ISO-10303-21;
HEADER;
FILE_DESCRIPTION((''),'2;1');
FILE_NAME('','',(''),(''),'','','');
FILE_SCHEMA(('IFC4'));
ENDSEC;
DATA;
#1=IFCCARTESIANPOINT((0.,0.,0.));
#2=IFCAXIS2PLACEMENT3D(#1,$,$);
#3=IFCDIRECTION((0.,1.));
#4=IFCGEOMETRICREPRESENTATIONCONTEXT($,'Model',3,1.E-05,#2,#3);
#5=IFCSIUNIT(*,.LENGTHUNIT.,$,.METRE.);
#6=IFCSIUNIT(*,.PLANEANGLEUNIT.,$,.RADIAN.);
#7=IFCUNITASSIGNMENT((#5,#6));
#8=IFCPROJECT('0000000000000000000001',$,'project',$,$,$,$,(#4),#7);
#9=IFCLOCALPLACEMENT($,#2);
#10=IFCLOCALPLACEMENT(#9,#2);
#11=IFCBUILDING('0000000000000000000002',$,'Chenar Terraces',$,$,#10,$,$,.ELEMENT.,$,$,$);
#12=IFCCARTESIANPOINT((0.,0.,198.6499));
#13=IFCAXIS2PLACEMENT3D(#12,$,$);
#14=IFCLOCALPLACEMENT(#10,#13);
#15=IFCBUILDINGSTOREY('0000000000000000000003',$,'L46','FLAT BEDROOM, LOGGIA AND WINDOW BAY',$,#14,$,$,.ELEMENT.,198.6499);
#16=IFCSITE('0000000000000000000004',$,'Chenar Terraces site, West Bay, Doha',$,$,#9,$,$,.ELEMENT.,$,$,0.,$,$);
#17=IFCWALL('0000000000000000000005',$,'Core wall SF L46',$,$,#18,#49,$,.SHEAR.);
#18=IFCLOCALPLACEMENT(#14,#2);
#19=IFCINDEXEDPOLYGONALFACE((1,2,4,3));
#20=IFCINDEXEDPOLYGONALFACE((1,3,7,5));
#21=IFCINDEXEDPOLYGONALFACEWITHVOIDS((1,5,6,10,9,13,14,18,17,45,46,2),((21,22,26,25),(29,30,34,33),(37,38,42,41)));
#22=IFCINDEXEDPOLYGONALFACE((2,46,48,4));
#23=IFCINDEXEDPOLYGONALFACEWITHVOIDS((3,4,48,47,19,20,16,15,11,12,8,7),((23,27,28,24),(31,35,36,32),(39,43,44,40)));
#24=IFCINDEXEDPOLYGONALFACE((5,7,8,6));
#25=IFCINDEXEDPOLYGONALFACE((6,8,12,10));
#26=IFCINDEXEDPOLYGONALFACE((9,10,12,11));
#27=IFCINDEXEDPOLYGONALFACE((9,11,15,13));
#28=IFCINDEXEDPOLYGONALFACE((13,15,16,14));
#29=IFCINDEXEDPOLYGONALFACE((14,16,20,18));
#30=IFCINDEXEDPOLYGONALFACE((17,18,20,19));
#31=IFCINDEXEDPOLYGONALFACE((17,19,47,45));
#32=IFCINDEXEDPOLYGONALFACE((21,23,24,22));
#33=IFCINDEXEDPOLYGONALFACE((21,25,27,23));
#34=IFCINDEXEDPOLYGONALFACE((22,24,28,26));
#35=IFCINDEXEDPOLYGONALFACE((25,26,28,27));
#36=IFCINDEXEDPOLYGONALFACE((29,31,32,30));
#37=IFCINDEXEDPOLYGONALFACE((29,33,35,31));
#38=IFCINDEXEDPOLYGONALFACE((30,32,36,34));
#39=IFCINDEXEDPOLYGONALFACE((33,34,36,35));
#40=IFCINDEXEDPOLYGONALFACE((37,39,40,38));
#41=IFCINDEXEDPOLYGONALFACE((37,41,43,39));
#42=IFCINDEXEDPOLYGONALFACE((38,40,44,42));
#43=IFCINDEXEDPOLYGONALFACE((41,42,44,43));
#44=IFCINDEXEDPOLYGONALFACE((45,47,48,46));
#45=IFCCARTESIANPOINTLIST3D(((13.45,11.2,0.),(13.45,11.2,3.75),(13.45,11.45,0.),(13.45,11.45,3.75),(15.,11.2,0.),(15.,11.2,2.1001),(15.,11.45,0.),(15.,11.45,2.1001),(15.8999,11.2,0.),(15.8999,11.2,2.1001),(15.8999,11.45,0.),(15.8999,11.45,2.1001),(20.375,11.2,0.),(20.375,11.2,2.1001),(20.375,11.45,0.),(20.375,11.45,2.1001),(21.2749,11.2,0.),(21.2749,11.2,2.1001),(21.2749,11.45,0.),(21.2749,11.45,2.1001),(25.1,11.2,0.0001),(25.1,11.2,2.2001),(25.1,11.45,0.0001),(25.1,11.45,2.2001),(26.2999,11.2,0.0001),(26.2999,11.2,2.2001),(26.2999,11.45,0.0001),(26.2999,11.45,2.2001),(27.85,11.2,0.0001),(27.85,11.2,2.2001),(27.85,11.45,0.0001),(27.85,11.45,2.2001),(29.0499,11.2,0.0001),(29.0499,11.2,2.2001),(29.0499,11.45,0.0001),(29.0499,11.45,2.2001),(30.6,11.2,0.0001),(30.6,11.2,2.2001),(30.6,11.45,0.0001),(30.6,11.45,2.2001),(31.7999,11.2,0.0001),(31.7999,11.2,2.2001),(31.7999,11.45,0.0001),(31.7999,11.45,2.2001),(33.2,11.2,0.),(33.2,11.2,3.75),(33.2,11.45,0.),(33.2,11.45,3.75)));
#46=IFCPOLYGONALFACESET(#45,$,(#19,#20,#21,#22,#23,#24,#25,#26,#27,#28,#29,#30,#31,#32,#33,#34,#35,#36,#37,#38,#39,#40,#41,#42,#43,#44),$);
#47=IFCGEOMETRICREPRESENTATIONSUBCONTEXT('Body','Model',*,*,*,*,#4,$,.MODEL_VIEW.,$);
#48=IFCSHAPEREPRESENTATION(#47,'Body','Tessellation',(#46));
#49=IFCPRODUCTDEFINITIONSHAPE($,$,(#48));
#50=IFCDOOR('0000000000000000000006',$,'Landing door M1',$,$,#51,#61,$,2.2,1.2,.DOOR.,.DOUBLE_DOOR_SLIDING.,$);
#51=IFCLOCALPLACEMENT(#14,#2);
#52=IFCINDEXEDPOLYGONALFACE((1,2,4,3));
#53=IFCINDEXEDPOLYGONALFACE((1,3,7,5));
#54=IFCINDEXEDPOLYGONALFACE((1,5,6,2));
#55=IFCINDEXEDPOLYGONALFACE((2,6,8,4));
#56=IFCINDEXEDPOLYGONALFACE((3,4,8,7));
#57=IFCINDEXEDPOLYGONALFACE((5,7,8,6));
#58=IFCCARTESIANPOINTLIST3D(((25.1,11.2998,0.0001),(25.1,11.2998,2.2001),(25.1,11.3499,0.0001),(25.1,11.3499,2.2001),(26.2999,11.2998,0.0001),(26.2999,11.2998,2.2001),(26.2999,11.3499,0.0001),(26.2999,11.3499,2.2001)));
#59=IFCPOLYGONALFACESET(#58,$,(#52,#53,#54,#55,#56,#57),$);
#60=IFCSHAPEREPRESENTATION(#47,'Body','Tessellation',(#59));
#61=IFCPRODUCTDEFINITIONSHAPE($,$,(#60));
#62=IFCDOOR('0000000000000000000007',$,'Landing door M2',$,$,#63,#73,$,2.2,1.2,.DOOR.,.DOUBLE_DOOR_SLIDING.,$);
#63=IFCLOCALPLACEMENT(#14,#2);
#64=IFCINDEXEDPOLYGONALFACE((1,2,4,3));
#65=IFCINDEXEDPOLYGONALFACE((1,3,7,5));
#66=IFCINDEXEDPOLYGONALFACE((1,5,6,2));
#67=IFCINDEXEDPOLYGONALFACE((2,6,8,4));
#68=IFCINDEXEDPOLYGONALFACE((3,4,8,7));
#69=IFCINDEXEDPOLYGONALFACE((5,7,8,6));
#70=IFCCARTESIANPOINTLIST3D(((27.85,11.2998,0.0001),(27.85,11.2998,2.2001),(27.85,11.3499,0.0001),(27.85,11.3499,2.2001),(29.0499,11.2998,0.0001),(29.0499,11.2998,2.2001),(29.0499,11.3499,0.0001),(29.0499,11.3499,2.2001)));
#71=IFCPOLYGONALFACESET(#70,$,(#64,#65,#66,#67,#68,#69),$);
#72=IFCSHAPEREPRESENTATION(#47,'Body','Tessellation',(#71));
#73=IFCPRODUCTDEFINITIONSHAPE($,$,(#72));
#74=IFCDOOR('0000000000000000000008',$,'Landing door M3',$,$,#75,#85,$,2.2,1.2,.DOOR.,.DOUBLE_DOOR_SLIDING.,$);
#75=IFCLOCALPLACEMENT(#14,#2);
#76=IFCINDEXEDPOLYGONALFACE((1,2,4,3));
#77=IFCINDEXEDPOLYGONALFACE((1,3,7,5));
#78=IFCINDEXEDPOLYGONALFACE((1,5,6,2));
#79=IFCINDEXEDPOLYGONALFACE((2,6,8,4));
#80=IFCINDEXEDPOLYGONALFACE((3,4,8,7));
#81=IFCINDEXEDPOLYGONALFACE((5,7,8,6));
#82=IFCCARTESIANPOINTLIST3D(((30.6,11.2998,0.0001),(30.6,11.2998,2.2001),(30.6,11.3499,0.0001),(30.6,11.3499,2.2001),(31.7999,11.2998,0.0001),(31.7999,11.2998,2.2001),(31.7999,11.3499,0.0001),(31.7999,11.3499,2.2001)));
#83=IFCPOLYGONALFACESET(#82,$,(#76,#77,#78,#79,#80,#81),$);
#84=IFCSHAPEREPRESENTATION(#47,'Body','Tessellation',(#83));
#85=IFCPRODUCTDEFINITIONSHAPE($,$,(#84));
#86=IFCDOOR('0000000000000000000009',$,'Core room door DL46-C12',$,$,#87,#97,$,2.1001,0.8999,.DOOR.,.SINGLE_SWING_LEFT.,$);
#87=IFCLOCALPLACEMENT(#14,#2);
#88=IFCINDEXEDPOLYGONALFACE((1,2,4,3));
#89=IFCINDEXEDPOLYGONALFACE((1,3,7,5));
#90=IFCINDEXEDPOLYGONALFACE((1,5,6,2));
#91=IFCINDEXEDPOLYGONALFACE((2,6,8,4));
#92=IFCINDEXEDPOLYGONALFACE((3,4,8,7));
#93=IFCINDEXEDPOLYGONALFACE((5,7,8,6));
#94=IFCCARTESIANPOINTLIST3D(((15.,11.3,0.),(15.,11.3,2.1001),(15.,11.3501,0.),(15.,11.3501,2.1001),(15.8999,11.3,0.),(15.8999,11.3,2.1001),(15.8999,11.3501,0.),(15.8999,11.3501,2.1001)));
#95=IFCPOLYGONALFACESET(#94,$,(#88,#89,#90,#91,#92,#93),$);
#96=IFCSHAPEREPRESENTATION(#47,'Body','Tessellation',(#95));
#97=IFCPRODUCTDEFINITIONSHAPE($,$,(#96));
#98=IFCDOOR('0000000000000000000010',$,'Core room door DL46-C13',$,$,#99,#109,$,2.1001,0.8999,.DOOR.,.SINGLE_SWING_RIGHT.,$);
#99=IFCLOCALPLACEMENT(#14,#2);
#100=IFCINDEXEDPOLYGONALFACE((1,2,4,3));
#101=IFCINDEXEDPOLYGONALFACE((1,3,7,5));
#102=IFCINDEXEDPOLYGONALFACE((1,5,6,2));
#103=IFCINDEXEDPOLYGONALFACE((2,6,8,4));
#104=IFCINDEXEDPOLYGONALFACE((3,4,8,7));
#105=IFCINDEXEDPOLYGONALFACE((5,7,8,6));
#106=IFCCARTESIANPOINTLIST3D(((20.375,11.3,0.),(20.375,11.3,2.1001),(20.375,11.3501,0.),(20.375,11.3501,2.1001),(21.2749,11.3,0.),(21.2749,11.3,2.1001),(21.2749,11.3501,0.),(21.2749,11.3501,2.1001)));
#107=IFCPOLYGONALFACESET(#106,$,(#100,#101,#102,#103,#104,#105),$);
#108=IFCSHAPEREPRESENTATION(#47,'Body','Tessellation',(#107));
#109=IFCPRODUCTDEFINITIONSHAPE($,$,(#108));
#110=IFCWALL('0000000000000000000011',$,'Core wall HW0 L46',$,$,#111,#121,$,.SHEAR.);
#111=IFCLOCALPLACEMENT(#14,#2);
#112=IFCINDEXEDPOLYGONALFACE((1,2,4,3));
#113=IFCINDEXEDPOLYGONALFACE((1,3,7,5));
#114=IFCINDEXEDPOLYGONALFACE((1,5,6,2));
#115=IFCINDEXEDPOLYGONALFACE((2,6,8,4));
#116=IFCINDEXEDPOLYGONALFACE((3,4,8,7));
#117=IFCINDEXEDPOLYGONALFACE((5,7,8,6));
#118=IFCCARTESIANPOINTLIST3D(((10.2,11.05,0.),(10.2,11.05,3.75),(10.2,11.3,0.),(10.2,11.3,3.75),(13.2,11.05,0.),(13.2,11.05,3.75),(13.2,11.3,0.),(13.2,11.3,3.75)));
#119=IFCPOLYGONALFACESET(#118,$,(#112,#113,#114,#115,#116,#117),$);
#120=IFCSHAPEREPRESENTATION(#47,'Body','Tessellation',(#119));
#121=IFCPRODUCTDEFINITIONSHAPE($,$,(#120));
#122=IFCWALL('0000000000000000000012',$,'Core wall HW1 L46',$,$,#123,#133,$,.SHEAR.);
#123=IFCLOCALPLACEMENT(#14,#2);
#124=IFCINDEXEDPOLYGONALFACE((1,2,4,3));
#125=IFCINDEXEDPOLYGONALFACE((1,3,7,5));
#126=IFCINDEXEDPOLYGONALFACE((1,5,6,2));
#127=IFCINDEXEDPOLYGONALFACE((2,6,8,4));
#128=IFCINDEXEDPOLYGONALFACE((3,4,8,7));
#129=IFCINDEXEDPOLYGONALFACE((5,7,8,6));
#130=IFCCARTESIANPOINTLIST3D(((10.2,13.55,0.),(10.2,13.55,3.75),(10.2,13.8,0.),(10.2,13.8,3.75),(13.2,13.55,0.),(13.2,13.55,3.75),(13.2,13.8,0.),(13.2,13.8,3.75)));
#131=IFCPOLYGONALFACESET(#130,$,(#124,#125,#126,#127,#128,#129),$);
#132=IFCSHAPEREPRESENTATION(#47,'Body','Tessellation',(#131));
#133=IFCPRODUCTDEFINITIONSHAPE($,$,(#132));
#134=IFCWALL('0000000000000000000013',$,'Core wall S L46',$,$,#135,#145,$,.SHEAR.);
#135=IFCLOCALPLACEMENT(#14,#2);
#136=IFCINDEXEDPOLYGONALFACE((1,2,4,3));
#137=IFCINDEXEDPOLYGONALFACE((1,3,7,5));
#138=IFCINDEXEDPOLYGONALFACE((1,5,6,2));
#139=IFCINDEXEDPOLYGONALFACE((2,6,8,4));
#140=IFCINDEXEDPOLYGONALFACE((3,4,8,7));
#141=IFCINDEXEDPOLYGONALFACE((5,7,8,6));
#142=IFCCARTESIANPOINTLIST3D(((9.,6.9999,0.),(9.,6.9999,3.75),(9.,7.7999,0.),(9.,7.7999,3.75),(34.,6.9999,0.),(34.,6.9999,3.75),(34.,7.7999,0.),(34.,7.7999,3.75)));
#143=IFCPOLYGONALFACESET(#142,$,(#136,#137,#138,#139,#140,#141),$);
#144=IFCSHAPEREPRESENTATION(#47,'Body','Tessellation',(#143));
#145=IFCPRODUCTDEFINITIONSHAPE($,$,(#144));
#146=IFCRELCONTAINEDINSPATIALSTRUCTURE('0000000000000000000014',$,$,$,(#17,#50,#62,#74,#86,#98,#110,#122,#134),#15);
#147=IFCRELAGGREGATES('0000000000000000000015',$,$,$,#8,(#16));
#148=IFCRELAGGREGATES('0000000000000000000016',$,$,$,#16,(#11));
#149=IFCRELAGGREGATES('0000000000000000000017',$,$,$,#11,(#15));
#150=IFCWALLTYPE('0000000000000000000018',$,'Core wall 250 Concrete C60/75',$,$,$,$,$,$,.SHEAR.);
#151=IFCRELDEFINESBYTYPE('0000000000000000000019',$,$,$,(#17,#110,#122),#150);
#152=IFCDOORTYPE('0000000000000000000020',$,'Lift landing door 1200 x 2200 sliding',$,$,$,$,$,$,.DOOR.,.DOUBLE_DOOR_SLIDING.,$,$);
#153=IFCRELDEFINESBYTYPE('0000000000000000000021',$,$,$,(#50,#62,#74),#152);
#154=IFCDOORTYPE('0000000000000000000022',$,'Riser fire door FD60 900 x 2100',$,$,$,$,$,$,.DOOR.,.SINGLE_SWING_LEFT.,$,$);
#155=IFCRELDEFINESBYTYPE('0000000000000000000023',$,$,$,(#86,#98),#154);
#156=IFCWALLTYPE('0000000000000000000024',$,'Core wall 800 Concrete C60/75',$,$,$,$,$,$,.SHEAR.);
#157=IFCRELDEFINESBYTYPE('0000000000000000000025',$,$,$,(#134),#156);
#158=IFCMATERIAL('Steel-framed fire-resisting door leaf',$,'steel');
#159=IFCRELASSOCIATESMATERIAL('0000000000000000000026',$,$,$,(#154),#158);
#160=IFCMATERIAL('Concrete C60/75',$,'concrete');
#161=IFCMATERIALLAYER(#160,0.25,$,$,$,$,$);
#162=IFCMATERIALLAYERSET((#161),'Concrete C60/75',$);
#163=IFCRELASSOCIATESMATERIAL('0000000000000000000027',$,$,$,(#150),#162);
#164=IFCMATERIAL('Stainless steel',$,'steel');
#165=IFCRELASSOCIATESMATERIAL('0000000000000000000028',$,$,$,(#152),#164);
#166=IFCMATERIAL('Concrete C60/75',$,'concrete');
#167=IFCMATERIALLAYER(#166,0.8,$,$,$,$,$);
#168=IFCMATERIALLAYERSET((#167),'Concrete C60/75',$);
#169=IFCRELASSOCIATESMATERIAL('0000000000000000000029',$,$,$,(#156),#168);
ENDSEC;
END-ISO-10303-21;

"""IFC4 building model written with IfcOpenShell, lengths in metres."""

from ifc_helpers import new_model, si_unit, direction, frame, frame_2d, origin, place, context, subcontext, project, spatial, rectangle, extrude, material, layer, layer_set, type_object, element, fill, save


model = new_model("IFC4")

# Units and contexts
model_context = context("Model", 3, precision=1e-05, world=origin(), true_north=direction((0.0, 1.0)))
body_context = subcontext(model_context, "Body", "Model", "MODEL_VIEW")
ifc_project = project(units=[si_unit("LENGTHUNIT", "METRE"), si_unit("PLANEANGLEUNIT", "RADIAN")], contexts=[model_context])

# Site, building, storey
site_placement = place(None, origin())
site = spatial("IfcSite", under=ifc_project, at=site_placement, Name="Chenar Terraces site, West Bay, Doha", CompositionType="ELEMENT", RefElevation=0.0)
building_placement = place(site_placement, origin())
building = spatial("IfcBuilding", under=site, at=building_placement, Name="Chenar Terraces", CompositionType="ELEMENT")
storey_placement = place(building_placement, frame((0.0, 0.0, 198.6499)))
storey = spatial("IfcBuildingStorey", under=building, at=storey_placement, Name="L46", Description="FLAT BEDROOM, LOGGIA AND WINDOW BAY", CompositionType="ELEMENT", Elevation=198.6499)

# Shared definitions
ifc_material_1 = material(Name="Steel-framed fire-resisting door leaf", Category="steel")
door_type_1 = type_object("IfcDoorType", Name="Riser fire door FD60 900 x 2100", OperationType="SINGLE_SWING_LEFT", PredefinedType="DOOR", material=ifc_material_1)

# Shared definitions
ifc_material_2 = material(Name="Concrete C60/75", Category="concrete")
ifc_layer_1 = layer(ifc_material_2, 0.25)
ifc_layer_set_1 = layer_set([ifc_layer_1], Name="Concrete C60/75")
wall_type_1 = type_object("IfcWallType", Name="Core wall 250 Concrete C60/75", PredefinedType="SHEAR", material=ifc_layer_set_1)

# Wall, openings, doors
wall_1_placement = place(storey_placement, frame((13.45, 11.325, 0.0), z_axis=(0.0, 0.0, 1.0), x_axis=(1.0, 0.0, 0.0)))
wall_1 = element("IfcWall", 1, at=wall_1_placement, inside=storey, type_object=wall_type_1, Name="Core wall SF L46", PredefinedType="SHEAR", context=body_context, shape_type="SweptSolid", body=[
    extrude(rectangle(XDim=19.75, YDim=0.25, at=frame_2d((9.875, 0.0))), origin(), (0.0, 0.0, 1.0), 3.75),
])
opening_1_placement = place(wall_1_placement, frame((11.6499, 0.0, 0.0)))
opening_1 = element("IfcOpeningElement", 2, at=opening_1_placement, cuts=wall_1, PredefinedType="OPENING", context=body_context, shape_type="SweptSolid", body=[
    extrude(rectangle(XDim=1.2, YDim=2.2, at=frame_2d((0.6001, 1.1001))), frame((0.0, 0.135, 0.0), z_axis=(0.0, -1.0, 0.0), x_axis=(1.0, 0.0, 0.0)), (0.0, 0.0, 1.0), 0.27),
])
opening_2_placement = place(wall_1_placement, frame((14.3999, 0.0, 0.0)))
opening_2 = element("IfcOpeningElement", 3, at=opening_2_placement, cuts=wall_1, PredefinedType="OPENING", context=body_context, shape_type="SweptSolid", body=[
    extrude(rectangle(XDim=1.2, YDim=2.2, at=frame_2d((0.6001, 1.1001))), frame((0.0, 0.135, 0.0), z_axis=(0.0, -1.0, 0.0), x_axis=(1.0, 0.0, 0.0)), (0.0, 0.0, 1.0), 0.27),
])
opening_3_placement = place(wall_1_placement, frame((17.1499, 0.0, 0.0)))
opening_3 = element("IfcOpeningElement", 4, at=opening_3_placement, cuts=wall_1, PredefinedType="OPENING", context=body_context, shape_type="SweptSolid", body=[
    extrude(rectangle(XDim=1.2, YDim=2.2, at=frame_2d((0.6001, 1.1001))), frame((0.0, 0.135, 0.0), z_axis=(0.0, -1.0, 0.0), x_axis=(1.0, 0.0, 0.0)), (0.0, 0.0, 1.0), 0.27),
])
opening_4_placement = place(wall_1_placement, frame((1.55, 0.0, 0.0)))
opening_4 = element("IfcOpeningElement", 5, at=opening_4_placement, cuts=wall_1, PredefinedType="OPENING", context=body_context, shape_type="SweptSolid", body=[
    extrude(rectangle(XDim=0.8999, YDim=2.1001, at=frame_2d((0.45, 1.05))), frame((0.0, 0.135, 0.0), z_axis=(0.0, -1.0, 0.0), x_axis=(1.0, 0.0, 0.0)), (0.0, 0.0, 1.0), 0.27),
])
opening_5_placement = place(wall_1_placement, frame((6.925, 0.0, 0.0)))
opening_5 = element("IfcOpeningElement", 6, at=opening_5_placement, cuts=wall_1, PredefinedType="OPENING", context=body_context, shape_type="SweptSolid", body=[
    extrude(rectangle(XDim=0.8999, YDim=2.1001, at=frame_2d((0.45, 1.05))), frame((0.0, 0.135, 0.0), z_axis=(0.0, -1.0, 0.0), x_axis=(1.0, 0.0, 0.0)), (0.0, 0.0, 1.0), 0.27),
])
ifc_material_3 = material(Name="Stainless steel", Category="steel")
door_type_2 = type_object("IfcDoorType", Name="Lift landing door 1200 x 2200 sliding", OperationType="DOUBLE_DOOR_SLIDING", PredefinedType="DOOR", material=ifc_material_3)
door_1_placement = place(opening_1_placement, origin())
door_1 = element("IfcDoor", 7, at=door_1_placement, inside=storey, type_object=door_type_2, Name="Landing door M1", OperationType="DOUBLE_DOOR_SLIDING", OverallHeight=2.2, OverallWidth=1.2, PredefinedType="DOOR", context=body_context, shape_type="SweptSolid", body=[
    extrude(rectangle(XDim=1.2, YDim=2.2, at=frame_2d((0.6001, 1.1001))), frame((0.0, 0.0249, 0.0), z_axis=(0.0, -1.0, 0.0), x_axis=(1.0, 0.0, 0.0)), (0.0, 0.0, 1.0), 0.05),
])
fill(opening_1, door_1)
door_2_placement = place(opening_2_placement, origin())
door_2 = element("IfcDoor", 8, at=door_2_placement, inside=storey, type_object=door_type_2, Name="Landing door M2", OperationType="DOUBLE_DOOR_SLIDING", OverallHeight=2.2, OverallWidth=1.2, PredefinedType="DOOR", context=body_context, shape_type="SweptSolid", body=[
    extrude(rectangle(XDim=1.2, YDim=2.2, at=frame_2d((0.6001, 1.1001))), frame((0.0, 0.0249, 0.0), z_axis=(0.0, -1.0, 0.0), x_axis=(1.0, 0.0, 0.0)), (0.0, 0.0, 1.0), 0.05),
])
fill(opening_2, door_2)
door_3_placement = place(opening_3_placement, origin())
door_3 = element("IfcDoor", 9, at=door_3_placement, inside=storey, type_object=door_type_2, Name="Landing door M3", OperationType="DOUBLE_DOOR_SLIDING", OverallHeight=2.2, OverallWidth=1.2, PredefinedType="DOOR", context=body_context, shape_type="SweptSolid", body=[
    extrude(rectangle(XDim=1.2, YDim=2.2, at=frame_2d((0.6001, 1.1001))), frame((0.0, 0.0249, 0.0), z_axis=(0.0, -1.0, 0.0), x_axis=(1.0, 0.0, 0.0)), (0.0, 0.0, 1.0), 0.05),
])
fill(opening_3, door_3)
door_4_placement = place(opening_4_placement, frame((0.8999, 0.0, 0.0), z_axis=(0.0, 0.0, 1.0), x_axis=(-1.0, 0.0, 0.0)))
door_4 = element("IfcDoor", 10, at=door_4_placement, inside=storey, type_object=door_type_1, Name="Core room door DL46-C12", OperationType="SINGLE_SWING_LEFT", OverallHeight=2.1001, OverallWidth=0.8999, PredefinedType="DOOR", context=body_context, shape_type="SweptSolid", body=[
    extrude(rectangle(XDim=0.8999, YDim=2.1001, at=frame_2d((0.45, 1.05))), frame((0.0, 0.0249, 0.0), z_axis=(0.0, -1.0, 0.0), x_axis=(1.0, 0.0, 0.0)), (0.0, 0.0, 1.0), 0.05),
])
fill(opening_4, door_4)
door_5_placement = place(opening_5_placement, frame((0.8999, 0.0, 0.0), z_axis=(0.0, 0.0, 1.0), x_axis=(-1.0, 0.0, 0.0)))
door_5 = element("IfcDoor", 11, at=door_5_placement, inside=storey, type_object=door_type_1, Name="Core room door DL46-C13", OperationType="SINGLE_SWING_RIGHT", OverallHeight=2.1001, OverallWidth=0.8999, PredefinedType="DOOR", context=body_context, shape_type="SweptSolid", body=[
    extrude(rectangle(XDim=0.8999, YDim=2.1001, at=frame_2d((0.45, 1.05))), frame((0.0, 0.0249, 0.0), z_axis=(0.0, -1.0, 0.0), x_axis=(1.0, 0.0, 0.0)), (0.0, 0.0, 1.0), 0.05),
])
fill(opening_5, door_5)

# Walls
for number, where, z_axis, x_axis, name in (
    (12, (10.2, 11.175, 0.0), (0.0, 0.0, 1.0), (1.0, 0.0, 0.0), "Core wall HW0 L46"),
    (13, (10.2, 13.675, 0.0), (0.0, 0.0, 1.0), (1.0, 0.0, 0.0), "Core wall HW1 L46"),
):
    element("IfcWall", number, at=place(storey_placement, frame(where, z_axis=z_axis, x_axis=x_axis)), inside=storey, type_object=wall_type_1, Name=name, PredefinedType="SHEAR", context=body_context, shape_type="SweptSolid", body=[
        extrude(rectangle(XDim=3.0, YDim=0.25, at=frame_2d((1.5, 0.0))), origin(), (0.0, 0.0, 1.0), 3.75),
    ])
ifc_material_4 = material(Name="Concrete C60/75", Category="concrete")
ifc_layer_2 = layer(ifc_material_4, 0.8)
ifc_layer_set_2 = layer_set([ifc_layer_2], Name="Concrete C60/75")
wall_type_2 = type_object("IfcWallType", Name="Core wall 800 Concrete C60/75", PredefinedType="SHEAR", material=ifc_layer_set_2)
wall_2_placement = place(storey_placement, frame((9.0, 7.3999, 0.0), z_axis=(0.0, 0.0, 1.0), x_axis=(1.0, 0.0, 0.0)))
element("IfcWall", 14, at=wall_2_placement, inside=storey, type_object=wall_type_2, Name="Core wall S L46", PredefinedType="SHEAR", context=body_context, shape_type="SweptSolid", body=[
    extrude(rectangle(XDim=25.0, YDim=0.8, at=frame_2d((12.5, 0.0))), origin(), (0.0, 0.0, 1.0), 3.75),
])

save(model, "model.ifc")
